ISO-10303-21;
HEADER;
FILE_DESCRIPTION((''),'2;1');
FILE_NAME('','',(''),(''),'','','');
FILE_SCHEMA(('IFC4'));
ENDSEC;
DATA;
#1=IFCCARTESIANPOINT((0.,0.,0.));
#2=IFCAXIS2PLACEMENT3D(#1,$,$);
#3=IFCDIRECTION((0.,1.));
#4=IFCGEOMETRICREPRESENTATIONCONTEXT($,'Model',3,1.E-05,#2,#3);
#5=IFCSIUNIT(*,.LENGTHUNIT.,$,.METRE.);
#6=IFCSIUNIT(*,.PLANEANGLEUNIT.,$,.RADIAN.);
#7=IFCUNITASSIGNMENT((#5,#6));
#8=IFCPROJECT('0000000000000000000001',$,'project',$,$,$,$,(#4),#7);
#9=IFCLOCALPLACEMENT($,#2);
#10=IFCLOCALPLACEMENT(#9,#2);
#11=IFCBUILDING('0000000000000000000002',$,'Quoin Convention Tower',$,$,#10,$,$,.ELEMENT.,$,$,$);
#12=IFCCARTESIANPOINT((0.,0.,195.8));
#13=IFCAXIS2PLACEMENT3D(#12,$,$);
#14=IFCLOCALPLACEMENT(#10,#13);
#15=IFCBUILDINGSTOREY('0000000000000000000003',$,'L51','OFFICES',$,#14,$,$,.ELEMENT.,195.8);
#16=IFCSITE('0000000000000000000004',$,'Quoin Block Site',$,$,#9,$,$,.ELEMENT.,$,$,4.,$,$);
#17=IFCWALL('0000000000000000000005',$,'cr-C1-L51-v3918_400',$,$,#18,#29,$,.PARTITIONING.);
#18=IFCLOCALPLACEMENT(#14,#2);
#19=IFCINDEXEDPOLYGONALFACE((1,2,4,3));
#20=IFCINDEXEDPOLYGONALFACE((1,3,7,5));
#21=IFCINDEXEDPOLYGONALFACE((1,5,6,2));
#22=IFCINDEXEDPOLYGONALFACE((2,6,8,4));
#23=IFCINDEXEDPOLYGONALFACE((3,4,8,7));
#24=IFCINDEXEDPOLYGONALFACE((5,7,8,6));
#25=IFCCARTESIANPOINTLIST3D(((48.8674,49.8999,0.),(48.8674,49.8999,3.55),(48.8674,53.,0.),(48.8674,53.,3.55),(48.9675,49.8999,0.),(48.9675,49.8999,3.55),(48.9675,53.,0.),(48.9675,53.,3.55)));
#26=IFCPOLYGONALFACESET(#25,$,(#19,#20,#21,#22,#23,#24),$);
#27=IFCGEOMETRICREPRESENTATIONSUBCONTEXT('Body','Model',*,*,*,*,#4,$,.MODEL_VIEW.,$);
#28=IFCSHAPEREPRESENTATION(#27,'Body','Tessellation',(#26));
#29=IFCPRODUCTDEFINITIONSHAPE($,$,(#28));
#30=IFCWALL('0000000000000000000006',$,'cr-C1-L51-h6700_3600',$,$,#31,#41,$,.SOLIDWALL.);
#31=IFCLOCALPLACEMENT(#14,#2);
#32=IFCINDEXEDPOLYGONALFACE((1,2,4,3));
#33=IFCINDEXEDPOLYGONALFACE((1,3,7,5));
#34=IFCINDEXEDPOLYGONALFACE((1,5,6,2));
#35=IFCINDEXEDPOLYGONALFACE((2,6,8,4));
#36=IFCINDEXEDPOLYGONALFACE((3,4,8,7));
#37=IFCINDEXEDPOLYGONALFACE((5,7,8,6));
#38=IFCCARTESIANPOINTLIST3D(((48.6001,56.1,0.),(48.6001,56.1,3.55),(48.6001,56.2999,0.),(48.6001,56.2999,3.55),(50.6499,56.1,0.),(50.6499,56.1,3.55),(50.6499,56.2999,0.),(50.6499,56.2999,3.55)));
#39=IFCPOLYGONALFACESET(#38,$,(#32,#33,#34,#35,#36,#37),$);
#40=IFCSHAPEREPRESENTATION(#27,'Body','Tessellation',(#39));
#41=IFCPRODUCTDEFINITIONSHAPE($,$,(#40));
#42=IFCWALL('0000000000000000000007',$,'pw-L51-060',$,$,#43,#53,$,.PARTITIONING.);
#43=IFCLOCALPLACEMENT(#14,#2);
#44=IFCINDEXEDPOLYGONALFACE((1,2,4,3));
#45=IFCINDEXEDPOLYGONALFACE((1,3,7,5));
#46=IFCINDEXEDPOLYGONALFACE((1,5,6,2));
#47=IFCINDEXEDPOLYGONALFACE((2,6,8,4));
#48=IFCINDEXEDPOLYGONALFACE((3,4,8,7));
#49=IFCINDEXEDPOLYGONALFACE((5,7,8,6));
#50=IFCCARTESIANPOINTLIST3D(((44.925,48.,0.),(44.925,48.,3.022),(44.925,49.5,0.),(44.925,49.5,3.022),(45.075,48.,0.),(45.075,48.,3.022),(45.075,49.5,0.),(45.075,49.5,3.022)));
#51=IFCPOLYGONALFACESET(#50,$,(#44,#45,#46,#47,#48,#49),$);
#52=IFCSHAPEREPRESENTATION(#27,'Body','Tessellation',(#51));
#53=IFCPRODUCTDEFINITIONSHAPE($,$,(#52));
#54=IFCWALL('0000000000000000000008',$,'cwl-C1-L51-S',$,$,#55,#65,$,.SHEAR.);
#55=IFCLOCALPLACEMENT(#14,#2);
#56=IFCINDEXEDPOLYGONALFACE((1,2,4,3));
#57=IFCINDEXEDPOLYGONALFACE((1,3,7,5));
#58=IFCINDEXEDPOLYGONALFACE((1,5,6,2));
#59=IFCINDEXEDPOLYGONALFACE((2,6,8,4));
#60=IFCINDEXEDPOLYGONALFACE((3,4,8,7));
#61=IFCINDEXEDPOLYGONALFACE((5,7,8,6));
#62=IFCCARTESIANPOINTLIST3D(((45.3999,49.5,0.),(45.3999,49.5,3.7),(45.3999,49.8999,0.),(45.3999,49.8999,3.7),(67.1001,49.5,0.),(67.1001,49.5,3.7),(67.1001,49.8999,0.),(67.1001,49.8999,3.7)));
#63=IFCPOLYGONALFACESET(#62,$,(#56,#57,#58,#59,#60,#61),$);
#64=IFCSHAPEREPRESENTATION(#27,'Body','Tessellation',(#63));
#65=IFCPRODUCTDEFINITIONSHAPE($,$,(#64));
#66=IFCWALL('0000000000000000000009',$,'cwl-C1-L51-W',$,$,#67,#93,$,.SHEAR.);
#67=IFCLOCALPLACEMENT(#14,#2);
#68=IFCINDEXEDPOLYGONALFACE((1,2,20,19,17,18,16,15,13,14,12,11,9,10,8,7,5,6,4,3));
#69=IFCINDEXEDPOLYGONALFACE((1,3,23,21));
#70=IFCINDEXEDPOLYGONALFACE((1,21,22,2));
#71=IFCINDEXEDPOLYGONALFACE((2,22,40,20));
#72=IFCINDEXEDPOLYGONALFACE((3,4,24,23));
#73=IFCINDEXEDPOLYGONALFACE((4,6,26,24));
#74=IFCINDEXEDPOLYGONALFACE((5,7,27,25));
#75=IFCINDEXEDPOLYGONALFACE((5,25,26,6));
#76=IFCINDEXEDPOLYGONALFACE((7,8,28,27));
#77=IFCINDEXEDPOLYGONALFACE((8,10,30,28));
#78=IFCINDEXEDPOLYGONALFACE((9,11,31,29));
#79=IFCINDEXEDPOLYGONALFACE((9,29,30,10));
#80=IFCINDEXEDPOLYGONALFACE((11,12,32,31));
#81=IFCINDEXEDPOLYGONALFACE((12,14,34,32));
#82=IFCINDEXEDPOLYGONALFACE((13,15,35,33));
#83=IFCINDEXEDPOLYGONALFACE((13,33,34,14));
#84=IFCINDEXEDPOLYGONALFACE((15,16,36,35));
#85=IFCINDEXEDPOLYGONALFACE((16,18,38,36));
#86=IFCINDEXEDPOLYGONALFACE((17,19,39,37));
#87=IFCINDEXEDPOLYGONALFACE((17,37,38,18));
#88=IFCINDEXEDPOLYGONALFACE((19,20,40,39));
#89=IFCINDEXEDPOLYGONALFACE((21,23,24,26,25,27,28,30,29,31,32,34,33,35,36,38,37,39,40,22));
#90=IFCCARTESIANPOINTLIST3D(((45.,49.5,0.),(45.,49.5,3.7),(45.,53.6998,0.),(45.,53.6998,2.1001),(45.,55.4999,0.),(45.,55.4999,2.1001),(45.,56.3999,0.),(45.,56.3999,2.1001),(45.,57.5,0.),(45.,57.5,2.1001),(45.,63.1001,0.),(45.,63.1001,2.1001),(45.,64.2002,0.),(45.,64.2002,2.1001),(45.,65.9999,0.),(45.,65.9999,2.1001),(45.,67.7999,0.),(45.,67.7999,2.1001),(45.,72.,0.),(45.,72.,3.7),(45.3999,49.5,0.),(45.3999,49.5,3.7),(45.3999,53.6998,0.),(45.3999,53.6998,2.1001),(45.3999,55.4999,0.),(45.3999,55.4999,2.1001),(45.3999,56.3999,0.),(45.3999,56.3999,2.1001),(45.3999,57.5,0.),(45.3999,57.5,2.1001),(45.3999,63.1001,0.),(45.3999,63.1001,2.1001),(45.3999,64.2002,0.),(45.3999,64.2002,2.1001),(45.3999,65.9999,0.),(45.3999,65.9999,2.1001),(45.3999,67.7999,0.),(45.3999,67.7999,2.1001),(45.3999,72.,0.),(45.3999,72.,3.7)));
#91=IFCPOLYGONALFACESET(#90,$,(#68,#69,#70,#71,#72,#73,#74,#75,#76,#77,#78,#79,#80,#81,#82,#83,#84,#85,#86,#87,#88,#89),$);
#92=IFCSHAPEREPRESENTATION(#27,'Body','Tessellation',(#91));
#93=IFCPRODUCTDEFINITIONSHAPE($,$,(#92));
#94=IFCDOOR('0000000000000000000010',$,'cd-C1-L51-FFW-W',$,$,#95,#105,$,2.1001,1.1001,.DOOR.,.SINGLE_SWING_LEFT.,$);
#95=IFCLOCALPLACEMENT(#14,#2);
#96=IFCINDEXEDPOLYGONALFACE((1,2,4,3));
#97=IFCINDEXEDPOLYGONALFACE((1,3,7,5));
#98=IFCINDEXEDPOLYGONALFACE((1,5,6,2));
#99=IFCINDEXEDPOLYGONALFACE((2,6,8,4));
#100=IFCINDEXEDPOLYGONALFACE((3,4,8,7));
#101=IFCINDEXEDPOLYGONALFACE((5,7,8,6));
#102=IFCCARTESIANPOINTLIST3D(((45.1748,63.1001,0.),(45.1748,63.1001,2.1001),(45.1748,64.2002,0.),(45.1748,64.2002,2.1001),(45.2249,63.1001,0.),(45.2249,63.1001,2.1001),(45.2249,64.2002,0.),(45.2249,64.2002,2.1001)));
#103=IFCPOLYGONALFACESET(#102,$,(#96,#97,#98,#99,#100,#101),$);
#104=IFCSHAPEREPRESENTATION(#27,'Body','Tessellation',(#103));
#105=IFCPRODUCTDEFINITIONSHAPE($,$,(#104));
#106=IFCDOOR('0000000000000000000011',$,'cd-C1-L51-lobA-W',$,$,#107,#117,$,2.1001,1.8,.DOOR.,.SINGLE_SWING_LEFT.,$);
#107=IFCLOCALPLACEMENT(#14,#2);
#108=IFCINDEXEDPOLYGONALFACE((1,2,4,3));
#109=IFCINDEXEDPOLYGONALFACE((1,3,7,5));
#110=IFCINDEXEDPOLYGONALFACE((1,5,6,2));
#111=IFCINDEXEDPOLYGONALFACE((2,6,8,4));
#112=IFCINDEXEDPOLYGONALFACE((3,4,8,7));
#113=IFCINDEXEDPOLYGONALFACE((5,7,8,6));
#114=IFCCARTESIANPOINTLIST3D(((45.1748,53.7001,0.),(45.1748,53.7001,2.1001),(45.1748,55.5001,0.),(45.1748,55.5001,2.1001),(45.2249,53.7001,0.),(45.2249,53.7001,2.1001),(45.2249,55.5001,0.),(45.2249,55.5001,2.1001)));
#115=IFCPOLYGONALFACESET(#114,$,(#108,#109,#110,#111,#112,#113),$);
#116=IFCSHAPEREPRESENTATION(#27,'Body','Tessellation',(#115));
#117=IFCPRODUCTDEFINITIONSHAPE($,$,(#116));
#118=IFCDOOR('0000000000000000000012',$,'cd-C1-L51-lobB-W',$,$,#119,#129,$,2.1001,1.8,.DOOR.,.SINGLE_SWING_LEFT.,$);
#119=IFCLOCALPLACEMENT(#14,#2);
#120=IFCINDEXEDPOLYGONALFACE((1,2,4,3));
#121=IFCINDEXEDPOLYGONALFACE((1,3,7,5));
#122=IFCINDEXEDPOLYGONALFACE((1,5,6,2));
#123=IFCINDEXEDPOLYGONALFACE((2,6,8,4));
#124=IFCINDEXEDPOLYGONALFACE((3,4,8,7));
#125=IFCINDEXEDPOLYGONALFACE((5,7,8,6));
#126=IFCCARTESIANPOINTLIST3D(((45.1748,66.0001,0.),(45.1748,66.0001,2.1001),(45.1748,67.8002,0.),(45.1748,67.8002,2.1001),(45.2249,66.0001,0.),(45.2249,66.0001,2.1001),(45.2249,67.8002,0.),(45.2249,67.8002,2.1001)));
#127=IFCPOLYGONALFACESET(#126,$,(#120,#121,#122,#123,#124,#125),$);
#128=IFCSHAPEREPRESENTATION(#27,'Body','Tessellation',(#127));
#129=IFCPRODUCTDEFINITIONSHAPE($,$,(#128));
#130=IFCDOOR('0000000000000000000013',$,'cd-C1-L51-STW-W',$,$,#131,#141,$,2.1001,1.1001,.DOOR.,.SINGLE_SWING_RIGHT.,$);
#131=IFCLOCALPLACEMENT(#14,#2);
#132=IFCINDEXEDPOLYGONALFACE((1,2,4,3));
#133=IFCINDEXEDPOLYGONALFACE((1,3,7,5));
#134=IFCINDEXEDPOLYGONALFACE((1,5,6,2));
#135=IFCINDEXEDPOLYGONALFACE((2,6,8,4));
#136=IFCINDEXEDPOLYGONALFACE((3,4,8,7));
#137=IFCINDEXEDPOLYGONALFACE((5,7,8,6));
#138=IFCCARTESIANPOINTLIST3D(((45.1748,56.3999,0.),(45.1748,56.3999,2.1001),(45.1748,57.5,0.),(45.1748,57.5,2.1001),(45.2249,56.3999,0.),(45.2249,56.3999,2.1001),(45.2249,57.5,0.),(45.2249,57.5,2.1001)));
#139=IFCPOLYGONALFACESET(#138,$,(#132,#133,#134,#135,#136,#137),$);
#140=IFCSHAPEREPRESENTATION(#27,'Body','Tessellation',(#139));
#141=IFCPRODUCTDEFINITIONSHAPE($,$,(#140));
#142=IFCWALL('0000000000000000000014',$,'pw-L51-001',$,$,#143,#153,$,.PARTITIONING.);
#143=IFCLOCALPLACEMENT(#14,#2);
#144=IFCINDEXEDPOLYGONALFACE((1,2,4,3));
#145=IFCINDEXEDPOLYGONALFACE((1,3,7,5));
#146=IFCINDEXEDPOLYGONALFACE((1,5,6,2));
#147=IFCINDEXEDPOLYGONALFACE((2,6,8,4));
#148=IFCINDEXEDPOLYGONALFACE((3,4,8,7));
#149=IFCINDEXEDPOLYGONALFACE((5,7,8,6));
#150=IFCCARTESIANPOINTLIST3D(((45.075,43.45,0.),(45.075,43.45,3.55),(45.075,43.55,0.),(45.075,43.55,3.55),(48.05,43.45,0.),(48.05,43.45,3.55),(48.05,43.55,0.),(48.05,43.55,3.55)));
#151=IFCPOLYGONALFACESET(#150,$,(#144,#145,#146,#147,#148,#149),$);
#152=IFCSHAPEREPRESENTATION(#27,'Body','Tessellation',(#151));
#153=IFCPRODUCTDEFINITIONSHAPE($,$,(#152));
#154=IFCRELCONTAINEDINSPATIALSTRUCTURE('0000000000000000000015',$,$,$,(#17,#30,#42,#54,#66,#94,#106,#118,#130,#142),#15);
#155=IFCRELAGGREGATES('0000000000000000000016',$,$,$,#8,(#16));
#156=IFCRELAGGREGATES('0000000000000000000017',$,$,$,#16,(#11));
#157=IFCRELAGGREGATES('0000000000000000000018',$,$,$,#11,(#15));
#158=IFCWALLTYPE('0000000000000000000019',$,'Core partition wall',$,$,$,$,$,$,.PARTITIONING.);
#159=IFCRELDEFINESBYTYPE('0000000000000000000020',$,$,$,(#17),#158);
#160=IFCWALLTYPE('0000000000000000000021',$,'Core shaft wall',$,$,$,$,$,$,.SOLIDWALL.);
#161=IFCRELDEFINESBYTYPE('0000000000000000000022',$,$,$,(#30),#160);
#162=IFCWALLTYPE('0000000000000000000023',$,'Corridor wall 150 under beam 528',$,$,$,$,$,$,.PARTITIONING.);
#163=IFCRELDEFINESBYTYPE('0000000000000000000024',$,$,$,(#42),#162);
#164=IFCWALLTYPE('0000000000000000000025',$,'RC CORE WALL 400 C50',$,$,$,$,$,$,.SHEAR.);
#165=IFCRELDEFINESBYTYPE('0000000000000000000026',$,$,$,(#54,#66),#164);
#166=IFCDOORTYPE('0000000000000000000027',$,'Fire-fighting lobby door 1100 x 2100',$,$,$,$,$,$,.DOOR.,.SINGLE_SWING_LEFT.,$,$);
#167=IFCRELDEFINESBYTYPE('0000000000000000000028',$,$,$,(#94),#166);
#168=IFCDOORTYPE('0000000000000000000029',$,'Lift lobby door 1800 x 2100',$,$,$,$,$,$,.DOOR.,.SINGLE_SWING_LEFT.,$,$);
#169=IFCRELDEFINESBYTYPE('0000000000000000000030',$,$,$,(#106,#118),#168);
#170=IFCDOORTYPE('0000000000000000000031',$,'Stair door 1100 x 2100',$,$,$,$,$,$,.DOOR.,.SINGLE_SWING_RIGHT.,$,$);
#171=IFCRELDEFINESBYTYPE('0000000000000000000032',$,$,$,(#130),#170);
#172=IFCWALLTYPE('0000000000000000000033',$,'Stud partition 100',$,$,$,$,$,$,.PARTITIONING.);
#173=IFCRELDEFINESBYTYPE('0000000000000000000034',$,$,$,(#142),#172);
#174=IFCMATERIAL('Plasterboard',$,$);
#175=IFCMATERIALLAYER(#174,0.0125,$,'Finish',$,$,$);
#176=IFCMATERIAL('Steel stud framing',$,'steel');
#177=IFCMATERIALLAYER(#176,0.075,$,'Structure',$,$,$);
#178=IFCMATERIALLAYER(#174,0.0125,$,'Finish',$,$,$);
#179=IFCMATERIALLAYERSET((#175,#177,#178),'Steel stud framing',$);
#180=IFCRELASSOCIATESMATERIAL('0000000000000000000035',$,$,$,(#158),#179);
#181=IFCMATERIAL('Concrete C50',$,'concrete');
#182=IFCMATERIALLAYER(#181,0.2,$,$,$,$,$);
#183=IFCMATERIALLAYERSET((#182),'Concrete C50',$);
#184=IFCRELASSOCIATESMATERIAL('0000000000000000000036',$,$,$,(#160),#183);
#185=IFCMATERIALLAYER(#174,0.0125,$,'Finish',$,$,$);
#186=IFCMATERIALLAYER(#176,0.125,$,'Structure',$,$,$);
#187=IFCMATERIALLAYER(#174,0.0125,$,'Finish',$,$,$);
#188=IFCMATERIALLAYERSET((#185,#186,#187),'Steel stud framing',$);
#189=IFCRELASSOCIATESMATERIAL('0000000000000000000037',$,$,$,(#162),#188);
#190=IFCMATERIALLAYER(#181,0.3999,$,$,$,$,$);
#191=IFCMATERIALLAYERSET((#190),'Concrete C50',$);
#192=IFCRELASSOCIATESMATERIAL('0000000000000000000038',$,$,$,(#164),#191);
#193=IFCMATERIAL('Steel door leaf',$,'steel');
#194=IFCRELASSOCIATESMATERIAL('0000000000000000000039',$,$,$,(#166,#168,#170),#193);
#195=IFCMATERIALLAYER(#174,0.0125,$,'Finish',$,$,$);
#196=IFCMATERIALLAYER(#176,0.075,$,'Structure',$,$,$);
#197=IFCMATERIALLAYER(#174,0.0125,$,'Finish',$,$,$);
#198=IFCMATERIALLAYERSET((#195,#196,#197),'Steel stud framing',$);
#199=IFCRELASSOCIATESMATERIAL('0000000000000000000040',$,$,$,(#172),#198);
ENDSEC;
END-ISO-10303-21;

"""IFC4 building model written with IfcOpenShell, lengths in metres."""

from ifc_helpers import new_model, si_unit, direction, frame, frame_2d, origin, place, context, subcontext, project, spatial, rectangle, extrude, material, layer, layer_set, type_object, element, fill, save


model = new_model("IFC4")

# Units and contexts
model_context = context("Model", 3, precision=1e-05, world=origin(), true_north=direction((0.0, 1.0)))
body_context = subcontext(model_context, "Body", "Model", "MODEL_VIEW")
ifc_project = project(units=[si_unit("LENGTHUNIT", "METRE"), si_unit("PLANEANGLEUNIT", "RADIAN")], contexts=[model_context])

# Site, building, storey
site_placement = place(None, origin())
site = spatial("IfcSite", under=ifc_project, at=site_placement, Name="Quoin Block Site", CompositionType="ELEMENT", RefElevation=4.0)
building_placement = place(site_placement, origin())
building = spatial("IfcBuilding", under=site, at=building_placement, Name="Quoin Convention Tower", CompositionType="ELEMENT")
storey_placement = place(building_placement, frame((0.0, 0.0, 195.8)))
storey = spatial("IfcBuildingStorey", under=building, at=storey_placement, Name="L51", Description="OFFICES", CompositionType="ELEMENT", Elevation=195.8)

# Shared definitions
ifc_material_1 = material(Name="Plasterboard")
ifc_layer_1 = layer(ifc_material_1, 0.0125, Name="Finish")
ifc_material_2 = material(Name="Steel stud framing", Category="steel")
ifc_layer_2 = layer(ifc_material_2, 0.075, Name="Structure")
ifc_layer_3 = layer(ifc_material_1, 0.0125, Name="Finish")
ifc_layer_set_1 = layer_set([ifc_layer_1, ifc_layer_2, ifc_layer_3], Name="Steel stud framing")
wall_type_1 = type_object("IfcWallType", Name="Core partition wall", PredefinedType="PARTITIONING", material=ifc_layer_set_1)
ifc_material_3 = material(Name="Steel door leaf", Category="steel")

# Walls
for number, where, z_axis, x_axis, name in (
    (1, (48.9175, 49.8999, 0.0), (0.0, 0.0, 1.0), (0.0, 1.0, 0.0), "cr-C1-L51-v3918_400"),
):
    element("IfcWall", number, at=place(storey_placement, frame(where, z_axis=z_axis, x_axis=x_axis)), inside=storey, type_object=wall_type_1, Name=name, PredefinedType="PARTITIONING", context=body_context, shape_type="SweptSolid", body=[
        extrude(rectangle(XDim=3.1001, YDim=0.1001, at=frame_2d((1.55, 0.0))), origin(), (0.0, 0.0, 1.0), 3.55),
    ])
ifc_material_4 = material(Name="Concrete C50", Category="concrete")
ifc_layer_4 = layer(ifc_material_4, 0.2)
ifc_layer_set_2 = layer_set([ifc_layer_4], Name="Concrete C50")
wall_type_2 = type_object("IfcWallType", Name="Core shaft wall", PredefinedType="SOLIDWALL", material=ifc_layer_set_2)
wall_1_placement = place(storey_placement, frame((48.6001, 56.2, 0.0), z_axis=(0.0, 0.0, 1.0), x_axis=(1.0, 0.0, 0.0)))
element("IfcWall", 2, at=wall_1_placement, inside=storey, type_object=wall_type_2, Name="cr-C1-L51-h6700_3600", PredefinedType="SOLIDWALL", context=body_context, shape_type="SweptSolid", body=[
    extrude(rectangle(XDim=2.0498, YDim=0.2, at=frame_2d((1.0249, 0.0))), origin(), (0.0, 0.0, 1.0), 3.55),
])
ifc_layer_5 = layer(ifc_material_1, 0.0125, Name="Finish")
ifc_layer_6 = layer(ifc_material_2, 0.125, Name="Structure")
ifc_layer_7 = layer(ifc_material_1, 0.0125, Name="Finish")
ifc_layer_set_3 = layer_set([ifc_layer_5, ifc_layer_6, ifc_layer_7], Name="Steel stud framing")
wall_type_3 = type_object("IfcWallType", Name="Corridor wall 150 under beam 528", PredefinedType="PARTITIONING", material=ifc_layer_set_3)
wall_2_placement = place(storey_placement, frame((45.0, 48.0, 0.0), z_axis=(0.0, 0.0, 1.0), x_axis=(0.0, 1.0, 0.0)))
element("IfcWall", 3, at=wall_2_placement, inside=storey, type_object=wall_type_3, Name="pw-L51-060", PredefinedType="PARTITIONING", context=body_context, shape_type="SweptSolid", body=[
    extrude(rectangle(XDim=1.5, YDim=0.1499, at=frame_2d((0.75, 0.0))), origin(), (0.0, 0.0, 1.0), 3.022),
])
ifc_layer_8 = layer(ifc_material_4, 0.3999)
ifc_layer_set_4 = layer_set([ifc_layer_8], Name="Concrete C50")
wall_type_4 = type_object("IfcWallType", Name="RC CORE WALL 400 C50", PredefinedType="SHEAR", material=ifc_layer_set_4)
wall_3_placement = place(storey_placement, frame((45.3999, 49.7, 0.0), z_axis=(0.0, 0.0, 1.0), x_axis=(1.0, 0.0, 0.0)))
element("IfcWall", 4, at=wall_3_placement, inside=storey, type_object=wall_type_4, Name="cwl-C1-L51-S", PredefinedType="SHEAR", context=body_context, shape_type="SweptSolid", body=[
    extrude(rectangle(XDim=21.7002, YDim=0.3999, at=frame_2d((10.8501, 0.0))), origin(), (0.0, 0.0, 1.0), 3.7),
])

# Wall, openings, doors
wall_4_placement = place(storey_placement, frame((45.2, 49.5, 0.0), z_axis=(0.0, 0.0, 1.0), x_axis=(0.0, 1.0, 0.0)))
wall_4 = element("IfcWall", 5, at=wall_4_placement, inside=storey, type_object=wall_type_4, Name="cwl-C1-L51-W", PredefinedType="SHEAR", context=body_context, shape_type="SweptSolid", body=[
    extrude(rectangle(XDim=22.5, YDim=0.3999, at=frame_2d((11.25, 0.0))), origin(), (0.0, 0.0, 1.0), 3.7),
])
opening_1_placement = place(wall_4_placement, frame((4.2, 0.0, 0.0)))
opening_1 = element("IfcOpeningElement", 6, at=opening_1_placement, cuts=wall_4, PredefinedType="OPENING", context=body_context, shape_type="SweptSolid", body=[
    extrude(rectangle(XDim=1.8, YDim=2.1001, at=frame_2d((0.8999, 1.05))), frame((0.0, 0.21, 0.0), z_axis=(0.0, -1.0, 0.0), x_axis=(1.0, 0.0, 0.0)), (0.0, 0.0, 1.0), 0.4199),
])
opening_2_placement = place(wall_4_placement, frame((6.8999, 0.0, 0.0)))
opening_2 = element("IfcOpeningElement", 7, at=opening_2_placement, cuts=wall_4, PredefinedType="OPENING", context=body_context, shape_type="SweptSolid", body=[
    extrude(rectangle(XDim=1.1001, YDim=2.1001, at=frame_2d((0.55, 1.05))), frame((0.0, 0.21, 0.0), z_axis=(0.0, -1.0, 0.0), x_axis=(1.0, 0.0, 0.0)), (0.0, 0.0, 1.0), 0.4199),
])
opening_3_placement = place(wall_4_placement, frame((13.6001, 0.0, 0.0)))
opening_3 = element("IfcOpeningElement", 8, at=opening_3_placement, cuts=wall_4, PredefinedType="OPENING", context=body_context, shape_type="SweptSolid", body=[
    extrude(rectangle(XDim=1.1001, YDim=2.1001, at=frame_2d((0.55, 1.05))), frame((0.0, 0.21, 0.0), z_axis=(0.0, -1.0, 0.0), x_axis=(1.0, 0.0, 0.0)), (0.0, 0.0, 1.0), 0.4199),
])
opening_4_placement = place(wall_4_placement, frame((16.5, 0.0, 0.0)))
opening_4 = element("IfcOpeningElement", 9, at=opening_4_placement, cuts=wall_4, PredefinedType="OPENING", context=body_context, shape_type="SweptSolid", body=[
    extrude(rectangle(XDim=1.8, YDim=2.1001, at=frame_2d((0.8999, 1.05))), frame((0.0, 0.21, 0.0), z_axis=(0.0, -1.0, 0.0), x_axis=(1.0, 0.0, 0.0)), (0.0, 0.0, 1.0), 0.4199),
])
door_type_1 = type_object("IfcDoorType", Name="Fire-fighting lobby door 1100 x 2100", OperationType="SINGLE_SWING_LEFT", PredefinedType="DOOR", material=ifc_material_3)
door_1_placement = place(opening_3_placement, frame((1.1001, 0.0, 0.0), z_axis=(0.0, 0.0, 1.0), x_axis=(-1.0, 0.0, 0.0)))
door_1 = element("IfcDoor", 10, at=door_1_placement, inside=storey, type_object=door_type_1, Name="cd-C1-L51-FFW-W", OperationType="SINGLE_SWING_LEFT", OverallHeight=2.1001, OverallWidth=1.1001, PredefinedType="DOOR", context=body_context, shape_type="SweptSolid", body=[
    extrude(rectangle(XDim=1.1001, YDim=2.1001, at=frame_2d((0.55, 1.05))), frame((0.0, 0.0249, 0.0), z_axis=(0.0, -1.0, 0.0), x_axis=(1.0, 0.0, 0.0)), (0.0, 0.0, 1.0), 0.05),
])
fill(opening_3, door_1)
door_type_2 = type_object("IfcDoorType", Name="Lift lobby door 1800 x 2100", OperationType="SINGLE_SWING_LEFT", PredefinedType="DOOR", material=ifc_material_3)
door_2_placement = place(opening_1_placement, frame((1.8, 0.0, 0.0), z_axis=(0.0, 0.0, 1.0), x_axis=(-1.0, 0.0, 0.0)))
door_2 = element("IfcDoor", 11, at=door_2_placement, inside=storey, type_object=door_type_2, Name="cd-C1-L51-lobA-W", OperationType="SINGLE_SWING_LEFT", OverallHeight=2.1001, OverallWidth=1.8, PredefinedType="DOOR", context=body_context, shape_type="SweptSolid", body=[
    extrude(rectangle(XDim=1.8, YDim=2.1001, at=frame_2d((0.8999, 1.05))), frame((0.0, 0.0249, 0.0), z_axis=(0.0, -1.0, 0.0), x_axis=(1.0, 0.0, 0.0)), (0.0, 0.0, 1.0), 0.05),
])
fill(opening_1, door_2)
door_3_placement = place(opening_4_placement, frame((1.8, 0.0, 0.0), z_axis=(0.0, 0.0, 1.0), x_axis=(-1.0, 0.0, 0.0)))
door_3 = element("IfcDoor", 12, at=door_3_placement, inside=storey, type_object=door_type_2, Name="cd-C1-L51-lobB-W", OperationType="SINGLE_SWING_LEFT", OverallHeight=2.1001, OverallWidth=1.8, PredefinedType="DOOR", context=body_context, shape_type="SweptSolid", body=[
    extrude(rectangle(XDim=1.8, YDim=2.1001, at=frame_2d((0.8999, 1.05))), frame((0.0, 0.0249, 0.0), z_axis=(0.0, -1.0, 0.0), x_axis=(1.0, 0.0, 0.0)), (0.0, 0.0, 1.0), 0.05),
])
fill(opening_4, door_3)
door_type_3 = type_object("IfcDoorType", Name="Stair door 1100 x 2100", OperationType="SINGLE_SWING_RIGHT", PredefinedType="DOOR", material=ifc_material_3)
door_4_placement = place(opening_2_placement, frame((1.1001, 0.0, 0.0), z_axis=(0.0, 0.0, 1.0), x_axis=(-1.0, 0.0, 0.0)))
door_4 = element("IfcDoor", 13, at=door_4_placement, inside=storey, type_object=door_type_3, Name="cd-C1-L51-STW-W", OperationType="SINGLE_SWING_RIGHT", OverallHeight=2.1001, OverallWidth=1.1001, PredefinedType="DOOR", context=body_context, shape_type="SweptSolid", body=[
    extrude(rectangle(XDim=1.1001, YDim=2.1001, at=frame_2d((0.55, 1.05))), frame((0.0, 0.0249, 0.0), z_axis=(0.0, -1.0, 0.0), x_axis=(1.0, 0.0, 0.0)), (0.0, 0.0, 1.0), 0.05),
])
fill(opening_2, door_4)

# Wall
ifc_layer_9 = layer(ifc_material_1, 0.0125, Name="Finish")
ifc_layer_10 = layer(ifc_material_2, 0.075, Name="Structure")
ifc_layer_11 = layer(ifc_material_1, 0.0125, Name="Finish")
ifc_layer_set_5 = layer_set([ifc_layer_9, ifc_layer_10, ifc_layer_11], Name="Steel stud framing")
wall_type_5 = type_object("IfcWallType", Name="Stud partition 100", PredefinedType="PARTITIONING", material=ifc_layer_set_5)
wall_5_placement = place(storey_placement, frame((45.075, 43.5, 0.0), z_axis=(0.0, 0.0, 1.0), x_axis=(1.0, 0.0, 0.0)))
element("IfcWall", 14, at=wall_5_placement, inside=storey, type_object=wall_type_5, Name="pw-L51-001", PredefinedType="PARTITIONING", context=body_context, shape_type="SweptSolid", body=[
    extrude(rectangle(XDim=2.9751, YDim=0.1001, at=frame_2d((1.4875, 0.0))), origin(), (0.0, 0.0, 1.0), 3.55),
])

save(model, "model.ifc")
